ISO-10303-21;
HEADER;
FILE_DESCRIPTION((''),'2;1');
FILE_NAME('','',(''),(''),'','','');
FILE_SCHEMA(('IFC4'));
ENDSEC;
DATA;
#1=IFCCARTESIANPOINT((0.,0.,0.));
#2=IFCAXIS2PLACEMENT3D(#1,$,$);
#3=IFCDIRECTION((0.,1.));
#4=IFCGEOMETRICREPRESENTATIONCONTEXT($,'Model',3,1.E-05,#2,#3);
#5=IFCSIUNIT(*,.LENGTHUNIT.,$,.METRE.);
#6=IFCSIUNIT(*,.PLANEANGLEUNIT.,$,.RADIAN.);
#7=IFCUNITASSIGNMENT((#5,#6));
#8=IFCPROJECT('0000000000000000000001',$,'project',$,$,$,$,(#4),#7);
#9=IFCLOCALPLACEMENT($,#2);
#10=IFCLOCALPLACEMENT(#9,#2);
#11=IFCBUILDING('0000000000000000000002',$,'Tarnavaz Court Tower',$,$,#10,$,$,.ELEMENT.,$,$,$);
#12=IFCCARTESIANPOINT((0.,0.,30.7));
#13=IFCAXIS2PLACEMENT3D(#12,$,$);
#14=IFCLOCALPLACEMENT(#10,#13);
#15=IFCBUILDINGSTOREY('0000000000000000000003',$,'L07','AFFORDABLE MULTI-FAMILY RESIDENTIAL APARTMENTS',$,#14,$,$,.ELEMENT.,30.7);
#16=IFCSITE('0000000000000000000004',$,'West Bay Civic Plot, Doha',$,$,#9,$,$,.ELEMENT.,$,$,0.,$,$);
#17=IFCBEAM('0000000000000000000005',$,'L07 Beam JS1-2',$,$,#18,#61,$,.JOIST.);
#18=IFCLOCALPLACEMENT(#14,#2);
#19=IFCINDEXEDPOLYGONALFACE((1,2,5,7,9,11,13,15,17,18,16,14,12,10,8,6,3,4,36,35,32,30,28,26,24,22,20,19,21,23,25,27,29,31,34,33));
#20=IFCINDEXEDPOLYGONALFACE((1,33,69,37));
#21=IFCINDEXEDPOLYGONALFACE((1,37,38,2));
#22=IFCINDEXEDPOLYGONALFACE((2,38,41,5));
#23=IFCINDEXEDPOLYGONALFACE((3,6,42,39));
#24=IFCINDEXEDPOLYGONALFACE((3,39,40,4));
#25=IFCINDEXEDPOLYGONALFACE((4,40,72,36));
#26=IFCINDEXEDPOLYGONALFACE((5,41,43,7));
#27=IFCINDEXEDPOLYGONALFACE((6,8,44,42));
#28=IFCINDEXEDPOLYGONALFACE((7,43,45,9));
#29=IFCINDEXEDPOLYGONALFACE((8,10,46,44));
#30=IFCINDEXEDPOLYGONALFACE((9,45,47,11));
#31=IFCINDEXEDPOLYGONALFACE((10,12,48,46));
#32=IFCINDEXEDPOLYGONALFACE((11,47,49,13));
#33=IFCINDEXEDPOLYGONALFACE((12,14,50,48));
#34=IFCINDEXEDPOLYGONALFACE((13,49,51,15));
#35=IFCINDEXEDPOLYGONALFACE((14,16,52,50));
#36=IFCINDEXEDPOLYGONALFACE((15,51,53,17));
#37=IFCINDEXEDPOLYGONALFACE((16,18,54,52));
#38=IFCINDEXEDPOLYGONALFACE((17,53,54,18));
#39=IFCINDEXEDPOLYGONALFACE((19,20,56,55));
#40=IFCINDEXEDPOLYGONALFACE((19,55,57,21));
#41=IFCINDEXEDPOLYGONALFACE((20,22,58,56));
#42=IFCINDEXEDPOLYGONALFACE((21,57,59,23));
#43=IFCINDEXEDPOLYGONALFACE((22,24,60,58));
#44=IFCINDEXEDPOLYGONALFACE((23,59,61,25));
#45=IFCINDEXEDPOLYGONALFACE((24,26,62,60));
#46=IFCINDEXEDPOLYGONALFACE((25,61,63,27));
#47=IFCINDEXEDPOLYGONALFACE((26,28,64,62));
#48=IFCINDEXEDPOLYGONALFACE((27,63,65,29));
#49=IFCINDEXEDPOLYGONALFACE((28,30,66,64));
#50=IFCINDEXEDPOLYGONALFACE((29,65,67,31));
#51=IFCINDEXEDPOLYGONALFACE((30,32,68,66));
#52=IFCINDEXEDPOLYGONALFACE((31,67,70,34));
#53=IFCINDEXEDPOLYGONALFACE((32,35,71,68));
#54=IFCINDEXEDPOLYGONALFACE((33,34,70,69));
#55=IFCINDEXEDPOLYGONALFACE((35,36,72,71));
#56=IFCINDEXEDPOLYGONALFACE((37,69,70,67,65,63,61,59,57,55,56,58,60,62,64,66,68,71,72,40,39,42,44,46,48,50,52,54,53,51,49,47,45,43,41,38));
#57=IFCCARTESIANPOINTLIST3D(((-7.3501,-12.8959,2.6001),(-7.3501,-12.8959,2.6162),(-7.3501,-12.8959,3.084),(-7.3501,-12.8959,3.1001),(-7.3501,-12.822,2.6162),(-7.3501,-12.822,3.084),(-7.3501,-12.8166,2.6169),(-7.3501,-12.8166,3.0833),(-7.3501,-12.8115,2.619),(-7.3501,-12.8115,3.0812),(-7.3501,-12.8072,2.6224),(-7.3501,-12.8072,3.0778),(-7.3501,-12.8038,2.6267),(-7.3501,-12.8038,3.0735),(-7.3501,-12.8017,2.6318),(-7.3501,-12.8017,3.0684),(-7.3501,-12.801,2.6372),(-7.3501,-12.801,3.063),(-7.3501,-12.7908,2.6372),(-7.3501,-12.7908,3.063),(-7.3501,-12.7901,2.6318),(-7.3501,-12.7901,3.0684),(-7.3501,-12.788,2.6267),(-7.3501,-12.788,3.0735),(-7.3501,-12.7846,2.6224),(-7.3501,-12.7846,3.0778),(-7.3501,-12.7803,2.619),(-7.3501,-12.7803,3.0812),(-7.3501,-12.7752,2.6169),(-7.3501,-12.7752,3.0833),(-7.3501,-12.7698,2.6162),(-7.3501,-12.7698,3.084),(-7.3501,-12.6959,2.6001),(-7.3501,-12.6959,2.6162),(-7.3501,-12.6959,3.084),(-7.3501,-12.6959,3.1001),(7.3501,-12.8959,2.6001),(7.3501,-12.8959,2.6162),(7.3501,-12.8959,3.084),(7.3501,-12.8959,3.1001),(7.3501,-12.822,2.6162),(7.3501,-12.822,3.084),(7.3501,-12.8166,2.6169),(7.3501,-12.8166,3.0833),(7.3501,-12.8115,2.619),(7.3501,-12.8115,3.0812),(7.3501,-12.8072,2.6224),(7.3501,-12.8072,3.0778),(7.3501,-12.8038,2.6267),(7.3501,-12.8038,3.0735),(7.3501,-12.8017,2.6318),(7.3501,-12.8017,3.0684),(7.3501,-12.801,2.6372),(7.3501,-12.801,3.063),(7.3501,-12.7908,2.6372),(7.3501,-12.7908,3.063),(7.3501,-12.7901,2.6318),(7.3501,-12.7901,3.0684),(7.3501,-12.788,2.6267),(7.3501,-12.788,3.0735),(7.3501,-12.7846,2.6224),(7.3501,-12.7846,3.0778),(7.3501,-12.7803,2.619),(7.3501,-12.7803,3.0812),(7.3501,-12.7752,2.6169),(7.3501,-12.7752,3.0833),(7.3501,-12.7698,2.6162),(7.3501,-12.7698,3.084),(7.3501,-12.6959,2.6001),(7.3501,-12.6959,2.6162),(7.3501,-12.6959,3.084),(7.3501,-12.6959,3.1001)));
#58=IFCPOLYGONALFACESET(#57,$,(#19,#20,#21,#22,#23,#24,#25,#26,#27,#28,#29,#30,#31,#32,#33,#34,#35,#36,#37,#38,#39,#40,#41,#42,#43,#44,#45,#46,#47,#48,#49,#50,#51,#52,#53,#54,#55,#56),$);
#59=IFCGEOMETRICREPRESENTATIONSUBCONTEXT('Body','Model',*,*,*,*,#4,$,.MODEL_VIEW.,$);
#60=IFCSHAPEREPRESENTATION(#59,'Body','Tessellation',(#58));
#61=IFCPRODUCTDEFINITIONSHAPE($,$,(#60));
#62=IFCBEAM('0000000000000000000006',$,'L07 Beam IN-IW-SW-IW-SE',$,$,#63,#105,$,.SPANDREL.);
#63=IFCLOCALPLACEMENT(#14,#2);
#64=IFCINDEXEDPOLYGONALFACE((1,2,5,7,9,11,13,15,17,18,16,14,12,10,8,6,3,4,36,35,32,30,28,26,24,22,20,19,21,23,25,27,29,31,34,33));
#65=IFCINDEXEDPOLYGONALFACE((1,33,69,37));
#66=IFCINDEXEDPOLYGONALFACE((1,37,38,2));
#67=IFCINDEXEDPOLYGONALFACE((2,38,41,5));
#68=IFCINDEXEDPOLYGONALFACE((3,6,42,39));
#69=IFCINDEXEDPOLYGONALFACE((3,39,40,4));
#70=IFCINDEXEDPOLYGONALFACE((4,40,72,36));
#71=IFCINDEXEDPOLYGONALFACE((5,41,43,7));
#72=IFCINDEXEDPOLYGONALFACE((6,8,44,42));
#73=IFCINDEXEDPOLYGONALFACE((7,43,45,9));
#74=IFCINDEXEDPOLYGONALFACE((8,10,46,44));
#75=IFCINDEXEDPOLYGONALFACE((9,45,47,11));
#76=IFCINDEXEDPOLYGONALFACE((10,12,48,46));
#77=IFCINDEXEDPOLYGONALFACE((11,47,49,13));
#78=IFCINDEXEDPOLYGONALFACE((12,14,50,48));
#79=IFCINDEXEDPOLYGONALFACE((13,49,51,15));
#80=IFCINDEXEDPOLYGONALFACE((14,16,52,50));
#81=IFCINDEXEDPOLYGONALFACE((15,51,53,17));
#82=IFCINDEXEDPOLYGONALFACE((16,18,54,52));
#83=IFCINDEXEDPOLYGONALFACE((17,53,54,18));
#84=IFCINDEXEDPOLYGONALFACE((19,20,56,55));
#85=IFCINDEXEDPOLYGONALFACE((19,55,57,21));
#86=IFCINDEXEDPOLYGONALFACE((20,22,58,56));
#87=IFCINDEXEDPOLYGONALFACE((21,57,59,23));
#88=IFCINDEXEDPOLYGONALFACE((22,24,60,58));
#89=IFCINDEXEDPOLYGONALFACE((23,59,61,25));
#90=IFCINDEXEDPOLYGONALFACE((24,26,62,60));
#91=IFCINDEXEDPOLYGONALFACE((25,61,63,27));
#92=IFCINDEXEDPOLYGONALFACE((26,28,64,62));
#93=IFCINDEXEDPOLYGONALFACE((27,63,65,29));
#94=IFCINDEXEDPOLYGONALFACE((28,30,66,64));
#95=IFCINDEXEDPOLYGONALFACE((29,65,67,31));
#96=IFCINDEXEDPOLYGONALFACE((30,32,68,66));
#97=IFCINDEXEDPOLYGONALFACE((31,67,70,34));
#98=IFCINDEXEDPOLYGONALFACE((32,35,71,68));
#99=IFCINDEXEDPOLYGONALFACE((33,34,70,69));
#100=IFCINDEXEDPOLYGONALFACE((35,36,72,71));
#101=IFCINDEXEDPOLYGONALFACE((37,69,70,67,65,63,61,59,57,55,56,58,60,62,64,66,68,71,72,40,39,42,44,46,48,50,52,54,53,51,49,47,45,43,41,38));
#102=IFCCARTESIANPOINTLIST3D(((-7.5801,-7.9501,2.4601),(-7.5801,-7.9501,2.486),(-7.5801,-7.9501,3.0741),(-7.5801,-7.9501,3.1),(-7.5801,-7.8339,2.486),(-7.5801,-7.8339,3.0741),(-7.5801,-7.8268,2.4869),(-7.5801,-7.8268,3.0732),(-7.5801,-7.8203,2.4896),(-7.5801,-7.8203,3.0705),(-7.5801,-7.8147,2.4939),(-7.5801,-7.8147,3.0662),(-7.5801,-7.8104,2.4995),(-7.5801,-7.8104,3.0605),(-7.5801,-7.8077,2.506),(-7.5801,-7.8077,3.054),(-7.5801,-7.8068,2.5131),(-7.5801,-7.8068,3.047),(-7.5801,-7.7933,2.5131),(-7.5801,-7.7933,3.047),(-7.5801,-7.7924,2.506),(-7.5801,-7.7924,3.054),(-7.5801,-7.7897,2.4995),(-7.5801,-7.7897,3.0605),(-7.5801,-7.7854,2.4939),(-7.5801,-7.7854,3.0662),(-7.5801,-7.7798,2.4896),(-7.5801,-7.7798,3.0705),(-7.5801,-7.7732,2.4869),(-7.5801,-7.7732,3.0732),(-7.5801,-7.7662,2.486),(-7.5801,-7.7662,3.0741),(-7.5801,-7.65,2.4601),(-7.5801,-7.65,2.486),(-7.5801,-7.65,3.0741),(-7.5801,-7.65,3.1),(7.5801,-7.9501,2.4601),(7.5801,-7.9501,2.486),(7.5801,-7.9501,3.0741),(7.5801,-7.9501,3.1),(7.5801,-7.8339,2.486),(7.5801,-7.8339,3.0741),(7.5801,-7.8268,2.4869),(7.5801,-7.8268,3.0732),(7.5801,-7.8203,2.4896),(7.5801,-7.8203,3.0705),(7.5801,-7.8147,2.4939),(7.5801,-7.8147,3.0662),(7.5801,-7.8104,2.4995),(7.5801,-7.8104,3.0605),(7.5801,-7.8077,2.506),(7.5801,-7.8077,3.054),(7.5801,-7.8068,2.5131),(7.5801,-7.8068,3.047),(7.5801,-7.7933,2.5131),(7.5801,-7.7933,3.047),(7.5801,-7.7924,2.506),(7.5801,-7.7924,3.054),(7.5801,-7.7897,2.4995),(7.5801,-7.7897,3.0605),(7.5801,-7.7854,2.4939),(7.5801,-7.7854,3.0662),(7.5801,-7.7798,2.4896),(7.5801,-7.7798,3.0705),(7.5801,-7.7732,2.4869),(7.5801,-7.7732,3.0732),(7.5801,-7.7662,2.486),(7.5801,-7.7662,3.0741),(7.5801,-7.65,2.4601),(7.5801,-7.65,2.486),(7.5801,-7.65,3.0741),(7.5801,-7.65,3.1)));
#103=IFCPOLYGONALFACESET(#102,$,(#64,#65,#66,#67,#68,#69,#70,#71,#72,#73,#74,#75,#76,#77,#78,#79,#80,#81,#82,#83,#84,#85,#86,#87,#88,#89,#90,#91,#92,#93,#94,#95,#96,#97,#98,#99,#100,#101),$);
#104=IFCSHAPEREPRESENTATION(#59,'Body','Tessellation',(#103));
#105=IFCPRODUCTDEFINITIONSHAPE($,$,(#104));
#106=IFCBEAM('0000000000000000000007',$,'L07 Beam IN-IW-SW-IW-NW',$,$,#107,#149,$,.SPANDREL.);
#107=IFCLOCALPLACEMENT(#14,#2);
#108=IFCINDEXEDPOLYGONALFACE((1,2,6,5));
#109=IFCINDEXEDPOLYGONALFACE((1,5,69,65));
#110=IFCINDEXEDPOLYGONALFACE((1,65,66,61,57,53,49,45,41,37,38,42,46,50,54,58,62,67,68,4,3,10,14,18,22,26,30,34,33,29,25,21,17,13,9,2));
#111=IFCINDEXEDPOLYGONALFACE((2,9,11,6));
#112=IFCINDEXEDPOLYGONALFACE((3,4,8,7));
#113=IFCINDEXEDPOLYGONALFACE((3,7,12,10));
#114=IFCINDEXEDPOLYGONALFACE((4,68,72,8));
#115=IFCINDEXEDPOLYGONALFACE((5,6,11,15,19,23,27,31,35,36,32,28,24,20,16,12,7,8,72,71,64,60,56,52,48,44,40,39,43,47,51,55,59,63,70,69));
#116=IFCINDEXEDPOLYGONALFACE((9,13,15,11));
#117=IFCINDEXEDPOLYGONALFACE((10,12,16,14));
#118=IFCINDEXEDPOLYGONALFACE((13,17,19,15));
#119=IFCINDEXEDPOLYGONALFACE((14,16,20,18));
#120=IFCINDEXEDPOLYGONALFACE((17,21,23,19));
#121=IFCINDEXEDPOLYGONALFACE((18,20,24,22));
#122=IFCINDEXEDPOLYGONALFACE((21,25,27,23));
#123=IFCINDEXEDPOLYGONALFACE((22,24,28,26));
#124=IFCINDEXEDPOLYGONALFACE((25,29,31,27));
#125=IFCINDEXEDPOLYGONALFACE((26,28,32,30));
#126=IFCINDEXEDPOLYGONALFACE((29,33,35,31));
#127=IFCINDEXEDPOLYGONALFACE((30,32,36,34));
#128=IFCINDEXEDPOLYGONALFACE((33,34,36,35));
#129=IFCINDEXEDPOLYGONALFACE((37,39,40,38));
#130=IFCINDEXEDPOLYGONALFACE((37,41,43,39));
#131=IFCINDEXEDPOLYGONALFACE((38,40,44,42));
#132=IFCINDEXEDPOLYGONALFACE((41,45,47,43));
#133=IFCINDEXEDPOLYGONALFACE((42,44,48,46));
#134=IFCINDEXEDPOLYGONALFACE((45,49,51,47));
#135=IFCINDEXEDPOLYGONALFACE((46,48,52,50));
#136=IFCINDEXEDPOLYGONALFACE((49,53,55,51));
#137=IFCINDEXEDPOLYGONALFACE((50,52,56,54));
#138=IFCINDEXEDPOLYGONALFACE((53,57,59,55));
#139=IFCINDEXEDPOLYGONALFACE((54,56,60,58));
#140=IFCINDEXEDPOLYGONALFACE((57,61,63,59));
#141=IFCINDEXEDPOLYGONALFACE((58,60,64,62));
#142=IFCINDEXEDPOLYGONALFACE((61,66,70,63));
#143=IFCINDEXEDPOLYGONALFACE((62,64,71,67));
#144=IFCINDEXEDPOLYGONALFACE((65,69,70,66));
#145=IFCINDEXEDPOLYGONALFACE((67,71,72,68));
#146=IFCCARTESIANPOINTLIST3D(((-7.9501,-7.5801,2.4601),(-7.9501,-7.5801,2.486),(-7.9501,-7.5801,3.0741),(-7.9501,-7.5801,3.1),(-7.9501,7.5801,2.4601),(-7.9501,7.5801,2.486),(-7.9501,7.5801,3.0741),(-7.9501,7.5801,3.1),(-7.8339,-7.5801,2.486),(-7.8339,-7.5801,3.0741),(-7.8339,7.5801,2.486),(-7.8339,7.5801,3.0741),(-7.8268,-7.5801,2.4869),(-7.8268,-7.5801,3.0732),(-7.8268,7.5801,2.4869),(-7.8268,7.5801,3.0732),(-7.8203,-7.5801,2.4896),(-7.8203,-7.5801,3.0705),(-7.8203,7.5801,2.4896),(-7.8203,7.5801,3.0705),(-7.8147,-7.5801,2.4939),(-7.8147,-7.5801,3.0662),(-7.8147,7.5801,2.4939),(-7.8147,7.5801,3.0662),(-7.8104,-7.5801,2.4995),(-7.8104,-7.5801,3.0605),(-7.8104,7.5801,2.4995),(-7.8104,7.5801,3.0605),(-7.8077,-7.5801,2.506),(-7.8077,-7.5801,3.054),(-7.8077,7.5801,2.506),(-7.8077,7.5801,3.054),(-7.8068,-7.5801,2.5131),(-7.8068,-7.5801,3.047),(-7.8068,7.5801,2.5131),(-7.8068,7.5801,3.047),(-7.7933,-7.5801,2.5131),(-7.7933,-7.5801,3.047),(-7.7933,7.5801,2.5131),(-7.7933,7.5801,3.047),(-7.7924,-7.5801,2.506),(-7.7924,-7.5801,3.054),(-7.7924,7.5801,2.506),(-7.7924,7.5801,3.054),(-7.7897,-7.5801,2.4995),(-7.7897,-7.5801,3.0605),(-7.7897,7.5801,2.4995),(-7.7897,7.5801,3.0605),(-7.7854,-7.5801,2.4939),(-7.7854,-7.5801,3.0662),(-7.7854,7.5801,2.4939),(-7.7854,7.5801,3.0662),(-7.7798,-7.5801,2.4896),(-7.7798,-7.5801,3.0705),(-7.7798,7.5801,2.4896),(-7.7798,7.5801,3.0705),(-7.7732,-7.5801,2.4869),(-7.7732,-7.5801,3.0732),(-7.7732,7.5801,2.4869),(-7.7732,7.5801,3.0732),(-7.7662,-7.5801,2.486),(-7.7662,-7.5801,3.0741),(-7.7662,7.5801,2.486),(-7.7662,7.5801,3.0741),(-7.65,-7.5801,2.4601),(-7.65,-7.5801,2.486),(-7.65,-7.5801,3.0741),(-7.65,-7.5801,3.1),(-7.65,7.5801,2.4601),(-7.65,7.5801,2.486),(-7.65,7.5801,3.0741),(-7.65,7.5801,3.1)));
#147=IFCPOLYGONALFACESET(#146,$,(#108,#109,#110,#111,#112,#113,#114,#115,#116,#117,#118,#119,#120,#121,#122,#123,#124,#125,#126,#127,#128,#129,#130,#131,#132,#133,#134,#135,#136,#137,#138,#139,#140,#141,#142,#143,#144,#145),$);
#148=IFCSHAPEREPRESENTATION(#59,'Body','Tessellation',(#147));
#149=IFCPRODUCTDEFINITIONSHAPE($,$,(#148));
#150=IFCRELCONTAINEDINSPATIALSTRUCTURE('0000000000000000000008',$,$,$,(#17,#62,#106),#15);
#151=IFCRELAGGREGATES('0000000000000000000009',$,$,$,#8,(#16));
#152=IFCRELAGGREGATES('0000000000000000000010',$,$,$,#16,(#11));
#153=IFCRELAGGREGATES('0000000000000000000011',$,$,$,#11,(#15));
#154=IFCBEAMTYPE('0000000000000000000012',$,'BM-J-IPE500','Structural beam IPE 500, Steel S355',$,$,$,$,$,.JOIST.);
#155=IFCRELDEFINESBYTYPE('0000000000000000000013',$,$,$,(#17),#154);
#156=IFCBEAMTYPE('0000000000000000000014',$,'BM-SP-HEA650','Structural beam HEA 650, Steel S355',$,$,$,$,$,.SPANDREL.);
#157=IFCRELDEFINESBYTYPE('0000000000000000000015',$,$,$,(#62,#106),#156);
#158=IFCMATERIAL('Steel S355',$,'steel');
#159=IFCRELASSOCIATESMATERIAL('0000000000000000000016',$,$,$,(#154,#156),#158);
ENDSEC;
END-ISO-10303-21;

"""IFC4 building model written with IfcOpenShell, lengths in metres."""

from ifc_helpers import new_model, si_unit, direction, frame, origin, origin_2d, place, context, subcontext, project, spatial, i_section, extrude, material, material_profile, profile_set, type_object, element, save


model = new_model("IFC4")

# Units and contexts
model_context = context("Model", 3, precision=1e-05, world=origin(), true_north=direction((0.0, 1.0)))
body_context = subcontext(model_context, "Body", "Model", "MODEL_VIEW")
ifc_project = project(units=[si_unit("LENGTHUNIT", "METRE"), si_unit("PLANEANGLEUNIT", "RADIAN")], contexts=[model_context])

# Site, building, storey
site_placement = place(None, origin())
site = spatial("IfcSite", under=ifc_project, at=site_placement, Name="West Bay Civic Plot, Doha", CompositionType="ELEMENT", RefElevation=0.0)
building_placement = place(site_placement, origin())
building = spatial("IfcBuilding", under=site, at=building_placement, Name="Tarnavaz Court Tower", CompositionType="ELEMENT")
storey_placement = place(building_placement, frame((0.0, 0.0, 30.7)))
storey = spatial("IfcBuildingStorey", under=building, at=storey_placement, Name="L07", Description="AFFORDABLE MULTI-FAMILY RESIDENTIAL APARTMENTS", CompositionType="ELEMENT", Elevation=30.7)

# Beams
ifc_material_1 = material(Name="Steel S355", Category="steel")
ifc_material_profile_1 = material_profile(ifc_material_1, i_section(OverallWidth=0.2, OverallDepth=0.5, WebThickness=0.0103, FlangeThickness=0.0161, FilletRadius=0.021, at=origin_2d()), Name="IPE 500")
ifc_profile_set_1 = profile_set([ifc_material_profile_1], Name="Steel S355")
beam_type_1 = type_object("IfcBeamType", Name="BM-J-IPE500", Description="Structural beam IPE 500, Steel S355", PredefinedType="JOIST", material=ifc_profile_set_1)
beam_1_placement = place(storey_placement, frame((-7.3501, -12.7959, 2.8501), z_axis=(1.0, 0.0, 0.0), x_axis=(0.0, 1.0, 0.0)))
element("IfcBeam", 1, at=beam_1_placement, inside=storey, type_object=beam_type_1, Name="L07 Beam JS1-2", PredefinedType="JOIST", context=body_context, shape_type="SweptSolid", body=[
    extrude(i_section(OverallWidth=0.2, OverallDepth=0.5, WebThickness=0.0103, FlangeThickness=0.0161, FilletRadius=0.021, at=origin_2d()), origin(), (0.0, 0.0, 1.0), 14.7002),
])
ifc_material_profile_2 = material_profile(ifc_material_1, i_section(OverallWidth=0.3, OverallDepth=0.6399, WebThickness=0.0134, FlangeThickness=0.0259, FilletRadius=0.0271, at=origin_2d()), Name="HEA 650")
ifc_profile_set_2 = profile_set([ifc_material_profile_2], Name="Steel S355")
beam_type_2 = type_object("IfcBeamType", Name="BM-SP-HEA650", Description="Structural beam HEA 650, Steel S355", PredefinedType="SPANDREL", material=ifc_profile_set_2)
for number, where, z_axis, x_axis, name in (
    (2, (-7.5801, -7.8, 2.78), (1.0, 0.0, 0.0), (0.0, 1.0, 0.0), "L07 Beam IN-IW-SW-IW-SE"),
    (3, (-7.8, -7.5801, 2.78), (0.0, 1.0, 0.0), (-1.0, 0.0, 0.0), "L07 Beam IN-IW-SW-IW-NW"),
):
    element("IfcBeam", number, at=place(storey_placement, frame(where, z_axis=z_axis, x_axis=x_axis)), inside=storey, type_object=beam_type_2, Name=name, PredefinedType="SPANDREL", context=body_context, shape_type="SweptSolid", body=[
        extrude(i_section(OverallWidth=0.3, OverallDepth=0.6399, WebThickness=0.0134, FlangeThickness=0.0259, FilletRadius=0.0271, at=origin_2d()), origin(), (0.0, 0.0, 1.0), 15.1602),
    ])

save(model, "model.ifc")
